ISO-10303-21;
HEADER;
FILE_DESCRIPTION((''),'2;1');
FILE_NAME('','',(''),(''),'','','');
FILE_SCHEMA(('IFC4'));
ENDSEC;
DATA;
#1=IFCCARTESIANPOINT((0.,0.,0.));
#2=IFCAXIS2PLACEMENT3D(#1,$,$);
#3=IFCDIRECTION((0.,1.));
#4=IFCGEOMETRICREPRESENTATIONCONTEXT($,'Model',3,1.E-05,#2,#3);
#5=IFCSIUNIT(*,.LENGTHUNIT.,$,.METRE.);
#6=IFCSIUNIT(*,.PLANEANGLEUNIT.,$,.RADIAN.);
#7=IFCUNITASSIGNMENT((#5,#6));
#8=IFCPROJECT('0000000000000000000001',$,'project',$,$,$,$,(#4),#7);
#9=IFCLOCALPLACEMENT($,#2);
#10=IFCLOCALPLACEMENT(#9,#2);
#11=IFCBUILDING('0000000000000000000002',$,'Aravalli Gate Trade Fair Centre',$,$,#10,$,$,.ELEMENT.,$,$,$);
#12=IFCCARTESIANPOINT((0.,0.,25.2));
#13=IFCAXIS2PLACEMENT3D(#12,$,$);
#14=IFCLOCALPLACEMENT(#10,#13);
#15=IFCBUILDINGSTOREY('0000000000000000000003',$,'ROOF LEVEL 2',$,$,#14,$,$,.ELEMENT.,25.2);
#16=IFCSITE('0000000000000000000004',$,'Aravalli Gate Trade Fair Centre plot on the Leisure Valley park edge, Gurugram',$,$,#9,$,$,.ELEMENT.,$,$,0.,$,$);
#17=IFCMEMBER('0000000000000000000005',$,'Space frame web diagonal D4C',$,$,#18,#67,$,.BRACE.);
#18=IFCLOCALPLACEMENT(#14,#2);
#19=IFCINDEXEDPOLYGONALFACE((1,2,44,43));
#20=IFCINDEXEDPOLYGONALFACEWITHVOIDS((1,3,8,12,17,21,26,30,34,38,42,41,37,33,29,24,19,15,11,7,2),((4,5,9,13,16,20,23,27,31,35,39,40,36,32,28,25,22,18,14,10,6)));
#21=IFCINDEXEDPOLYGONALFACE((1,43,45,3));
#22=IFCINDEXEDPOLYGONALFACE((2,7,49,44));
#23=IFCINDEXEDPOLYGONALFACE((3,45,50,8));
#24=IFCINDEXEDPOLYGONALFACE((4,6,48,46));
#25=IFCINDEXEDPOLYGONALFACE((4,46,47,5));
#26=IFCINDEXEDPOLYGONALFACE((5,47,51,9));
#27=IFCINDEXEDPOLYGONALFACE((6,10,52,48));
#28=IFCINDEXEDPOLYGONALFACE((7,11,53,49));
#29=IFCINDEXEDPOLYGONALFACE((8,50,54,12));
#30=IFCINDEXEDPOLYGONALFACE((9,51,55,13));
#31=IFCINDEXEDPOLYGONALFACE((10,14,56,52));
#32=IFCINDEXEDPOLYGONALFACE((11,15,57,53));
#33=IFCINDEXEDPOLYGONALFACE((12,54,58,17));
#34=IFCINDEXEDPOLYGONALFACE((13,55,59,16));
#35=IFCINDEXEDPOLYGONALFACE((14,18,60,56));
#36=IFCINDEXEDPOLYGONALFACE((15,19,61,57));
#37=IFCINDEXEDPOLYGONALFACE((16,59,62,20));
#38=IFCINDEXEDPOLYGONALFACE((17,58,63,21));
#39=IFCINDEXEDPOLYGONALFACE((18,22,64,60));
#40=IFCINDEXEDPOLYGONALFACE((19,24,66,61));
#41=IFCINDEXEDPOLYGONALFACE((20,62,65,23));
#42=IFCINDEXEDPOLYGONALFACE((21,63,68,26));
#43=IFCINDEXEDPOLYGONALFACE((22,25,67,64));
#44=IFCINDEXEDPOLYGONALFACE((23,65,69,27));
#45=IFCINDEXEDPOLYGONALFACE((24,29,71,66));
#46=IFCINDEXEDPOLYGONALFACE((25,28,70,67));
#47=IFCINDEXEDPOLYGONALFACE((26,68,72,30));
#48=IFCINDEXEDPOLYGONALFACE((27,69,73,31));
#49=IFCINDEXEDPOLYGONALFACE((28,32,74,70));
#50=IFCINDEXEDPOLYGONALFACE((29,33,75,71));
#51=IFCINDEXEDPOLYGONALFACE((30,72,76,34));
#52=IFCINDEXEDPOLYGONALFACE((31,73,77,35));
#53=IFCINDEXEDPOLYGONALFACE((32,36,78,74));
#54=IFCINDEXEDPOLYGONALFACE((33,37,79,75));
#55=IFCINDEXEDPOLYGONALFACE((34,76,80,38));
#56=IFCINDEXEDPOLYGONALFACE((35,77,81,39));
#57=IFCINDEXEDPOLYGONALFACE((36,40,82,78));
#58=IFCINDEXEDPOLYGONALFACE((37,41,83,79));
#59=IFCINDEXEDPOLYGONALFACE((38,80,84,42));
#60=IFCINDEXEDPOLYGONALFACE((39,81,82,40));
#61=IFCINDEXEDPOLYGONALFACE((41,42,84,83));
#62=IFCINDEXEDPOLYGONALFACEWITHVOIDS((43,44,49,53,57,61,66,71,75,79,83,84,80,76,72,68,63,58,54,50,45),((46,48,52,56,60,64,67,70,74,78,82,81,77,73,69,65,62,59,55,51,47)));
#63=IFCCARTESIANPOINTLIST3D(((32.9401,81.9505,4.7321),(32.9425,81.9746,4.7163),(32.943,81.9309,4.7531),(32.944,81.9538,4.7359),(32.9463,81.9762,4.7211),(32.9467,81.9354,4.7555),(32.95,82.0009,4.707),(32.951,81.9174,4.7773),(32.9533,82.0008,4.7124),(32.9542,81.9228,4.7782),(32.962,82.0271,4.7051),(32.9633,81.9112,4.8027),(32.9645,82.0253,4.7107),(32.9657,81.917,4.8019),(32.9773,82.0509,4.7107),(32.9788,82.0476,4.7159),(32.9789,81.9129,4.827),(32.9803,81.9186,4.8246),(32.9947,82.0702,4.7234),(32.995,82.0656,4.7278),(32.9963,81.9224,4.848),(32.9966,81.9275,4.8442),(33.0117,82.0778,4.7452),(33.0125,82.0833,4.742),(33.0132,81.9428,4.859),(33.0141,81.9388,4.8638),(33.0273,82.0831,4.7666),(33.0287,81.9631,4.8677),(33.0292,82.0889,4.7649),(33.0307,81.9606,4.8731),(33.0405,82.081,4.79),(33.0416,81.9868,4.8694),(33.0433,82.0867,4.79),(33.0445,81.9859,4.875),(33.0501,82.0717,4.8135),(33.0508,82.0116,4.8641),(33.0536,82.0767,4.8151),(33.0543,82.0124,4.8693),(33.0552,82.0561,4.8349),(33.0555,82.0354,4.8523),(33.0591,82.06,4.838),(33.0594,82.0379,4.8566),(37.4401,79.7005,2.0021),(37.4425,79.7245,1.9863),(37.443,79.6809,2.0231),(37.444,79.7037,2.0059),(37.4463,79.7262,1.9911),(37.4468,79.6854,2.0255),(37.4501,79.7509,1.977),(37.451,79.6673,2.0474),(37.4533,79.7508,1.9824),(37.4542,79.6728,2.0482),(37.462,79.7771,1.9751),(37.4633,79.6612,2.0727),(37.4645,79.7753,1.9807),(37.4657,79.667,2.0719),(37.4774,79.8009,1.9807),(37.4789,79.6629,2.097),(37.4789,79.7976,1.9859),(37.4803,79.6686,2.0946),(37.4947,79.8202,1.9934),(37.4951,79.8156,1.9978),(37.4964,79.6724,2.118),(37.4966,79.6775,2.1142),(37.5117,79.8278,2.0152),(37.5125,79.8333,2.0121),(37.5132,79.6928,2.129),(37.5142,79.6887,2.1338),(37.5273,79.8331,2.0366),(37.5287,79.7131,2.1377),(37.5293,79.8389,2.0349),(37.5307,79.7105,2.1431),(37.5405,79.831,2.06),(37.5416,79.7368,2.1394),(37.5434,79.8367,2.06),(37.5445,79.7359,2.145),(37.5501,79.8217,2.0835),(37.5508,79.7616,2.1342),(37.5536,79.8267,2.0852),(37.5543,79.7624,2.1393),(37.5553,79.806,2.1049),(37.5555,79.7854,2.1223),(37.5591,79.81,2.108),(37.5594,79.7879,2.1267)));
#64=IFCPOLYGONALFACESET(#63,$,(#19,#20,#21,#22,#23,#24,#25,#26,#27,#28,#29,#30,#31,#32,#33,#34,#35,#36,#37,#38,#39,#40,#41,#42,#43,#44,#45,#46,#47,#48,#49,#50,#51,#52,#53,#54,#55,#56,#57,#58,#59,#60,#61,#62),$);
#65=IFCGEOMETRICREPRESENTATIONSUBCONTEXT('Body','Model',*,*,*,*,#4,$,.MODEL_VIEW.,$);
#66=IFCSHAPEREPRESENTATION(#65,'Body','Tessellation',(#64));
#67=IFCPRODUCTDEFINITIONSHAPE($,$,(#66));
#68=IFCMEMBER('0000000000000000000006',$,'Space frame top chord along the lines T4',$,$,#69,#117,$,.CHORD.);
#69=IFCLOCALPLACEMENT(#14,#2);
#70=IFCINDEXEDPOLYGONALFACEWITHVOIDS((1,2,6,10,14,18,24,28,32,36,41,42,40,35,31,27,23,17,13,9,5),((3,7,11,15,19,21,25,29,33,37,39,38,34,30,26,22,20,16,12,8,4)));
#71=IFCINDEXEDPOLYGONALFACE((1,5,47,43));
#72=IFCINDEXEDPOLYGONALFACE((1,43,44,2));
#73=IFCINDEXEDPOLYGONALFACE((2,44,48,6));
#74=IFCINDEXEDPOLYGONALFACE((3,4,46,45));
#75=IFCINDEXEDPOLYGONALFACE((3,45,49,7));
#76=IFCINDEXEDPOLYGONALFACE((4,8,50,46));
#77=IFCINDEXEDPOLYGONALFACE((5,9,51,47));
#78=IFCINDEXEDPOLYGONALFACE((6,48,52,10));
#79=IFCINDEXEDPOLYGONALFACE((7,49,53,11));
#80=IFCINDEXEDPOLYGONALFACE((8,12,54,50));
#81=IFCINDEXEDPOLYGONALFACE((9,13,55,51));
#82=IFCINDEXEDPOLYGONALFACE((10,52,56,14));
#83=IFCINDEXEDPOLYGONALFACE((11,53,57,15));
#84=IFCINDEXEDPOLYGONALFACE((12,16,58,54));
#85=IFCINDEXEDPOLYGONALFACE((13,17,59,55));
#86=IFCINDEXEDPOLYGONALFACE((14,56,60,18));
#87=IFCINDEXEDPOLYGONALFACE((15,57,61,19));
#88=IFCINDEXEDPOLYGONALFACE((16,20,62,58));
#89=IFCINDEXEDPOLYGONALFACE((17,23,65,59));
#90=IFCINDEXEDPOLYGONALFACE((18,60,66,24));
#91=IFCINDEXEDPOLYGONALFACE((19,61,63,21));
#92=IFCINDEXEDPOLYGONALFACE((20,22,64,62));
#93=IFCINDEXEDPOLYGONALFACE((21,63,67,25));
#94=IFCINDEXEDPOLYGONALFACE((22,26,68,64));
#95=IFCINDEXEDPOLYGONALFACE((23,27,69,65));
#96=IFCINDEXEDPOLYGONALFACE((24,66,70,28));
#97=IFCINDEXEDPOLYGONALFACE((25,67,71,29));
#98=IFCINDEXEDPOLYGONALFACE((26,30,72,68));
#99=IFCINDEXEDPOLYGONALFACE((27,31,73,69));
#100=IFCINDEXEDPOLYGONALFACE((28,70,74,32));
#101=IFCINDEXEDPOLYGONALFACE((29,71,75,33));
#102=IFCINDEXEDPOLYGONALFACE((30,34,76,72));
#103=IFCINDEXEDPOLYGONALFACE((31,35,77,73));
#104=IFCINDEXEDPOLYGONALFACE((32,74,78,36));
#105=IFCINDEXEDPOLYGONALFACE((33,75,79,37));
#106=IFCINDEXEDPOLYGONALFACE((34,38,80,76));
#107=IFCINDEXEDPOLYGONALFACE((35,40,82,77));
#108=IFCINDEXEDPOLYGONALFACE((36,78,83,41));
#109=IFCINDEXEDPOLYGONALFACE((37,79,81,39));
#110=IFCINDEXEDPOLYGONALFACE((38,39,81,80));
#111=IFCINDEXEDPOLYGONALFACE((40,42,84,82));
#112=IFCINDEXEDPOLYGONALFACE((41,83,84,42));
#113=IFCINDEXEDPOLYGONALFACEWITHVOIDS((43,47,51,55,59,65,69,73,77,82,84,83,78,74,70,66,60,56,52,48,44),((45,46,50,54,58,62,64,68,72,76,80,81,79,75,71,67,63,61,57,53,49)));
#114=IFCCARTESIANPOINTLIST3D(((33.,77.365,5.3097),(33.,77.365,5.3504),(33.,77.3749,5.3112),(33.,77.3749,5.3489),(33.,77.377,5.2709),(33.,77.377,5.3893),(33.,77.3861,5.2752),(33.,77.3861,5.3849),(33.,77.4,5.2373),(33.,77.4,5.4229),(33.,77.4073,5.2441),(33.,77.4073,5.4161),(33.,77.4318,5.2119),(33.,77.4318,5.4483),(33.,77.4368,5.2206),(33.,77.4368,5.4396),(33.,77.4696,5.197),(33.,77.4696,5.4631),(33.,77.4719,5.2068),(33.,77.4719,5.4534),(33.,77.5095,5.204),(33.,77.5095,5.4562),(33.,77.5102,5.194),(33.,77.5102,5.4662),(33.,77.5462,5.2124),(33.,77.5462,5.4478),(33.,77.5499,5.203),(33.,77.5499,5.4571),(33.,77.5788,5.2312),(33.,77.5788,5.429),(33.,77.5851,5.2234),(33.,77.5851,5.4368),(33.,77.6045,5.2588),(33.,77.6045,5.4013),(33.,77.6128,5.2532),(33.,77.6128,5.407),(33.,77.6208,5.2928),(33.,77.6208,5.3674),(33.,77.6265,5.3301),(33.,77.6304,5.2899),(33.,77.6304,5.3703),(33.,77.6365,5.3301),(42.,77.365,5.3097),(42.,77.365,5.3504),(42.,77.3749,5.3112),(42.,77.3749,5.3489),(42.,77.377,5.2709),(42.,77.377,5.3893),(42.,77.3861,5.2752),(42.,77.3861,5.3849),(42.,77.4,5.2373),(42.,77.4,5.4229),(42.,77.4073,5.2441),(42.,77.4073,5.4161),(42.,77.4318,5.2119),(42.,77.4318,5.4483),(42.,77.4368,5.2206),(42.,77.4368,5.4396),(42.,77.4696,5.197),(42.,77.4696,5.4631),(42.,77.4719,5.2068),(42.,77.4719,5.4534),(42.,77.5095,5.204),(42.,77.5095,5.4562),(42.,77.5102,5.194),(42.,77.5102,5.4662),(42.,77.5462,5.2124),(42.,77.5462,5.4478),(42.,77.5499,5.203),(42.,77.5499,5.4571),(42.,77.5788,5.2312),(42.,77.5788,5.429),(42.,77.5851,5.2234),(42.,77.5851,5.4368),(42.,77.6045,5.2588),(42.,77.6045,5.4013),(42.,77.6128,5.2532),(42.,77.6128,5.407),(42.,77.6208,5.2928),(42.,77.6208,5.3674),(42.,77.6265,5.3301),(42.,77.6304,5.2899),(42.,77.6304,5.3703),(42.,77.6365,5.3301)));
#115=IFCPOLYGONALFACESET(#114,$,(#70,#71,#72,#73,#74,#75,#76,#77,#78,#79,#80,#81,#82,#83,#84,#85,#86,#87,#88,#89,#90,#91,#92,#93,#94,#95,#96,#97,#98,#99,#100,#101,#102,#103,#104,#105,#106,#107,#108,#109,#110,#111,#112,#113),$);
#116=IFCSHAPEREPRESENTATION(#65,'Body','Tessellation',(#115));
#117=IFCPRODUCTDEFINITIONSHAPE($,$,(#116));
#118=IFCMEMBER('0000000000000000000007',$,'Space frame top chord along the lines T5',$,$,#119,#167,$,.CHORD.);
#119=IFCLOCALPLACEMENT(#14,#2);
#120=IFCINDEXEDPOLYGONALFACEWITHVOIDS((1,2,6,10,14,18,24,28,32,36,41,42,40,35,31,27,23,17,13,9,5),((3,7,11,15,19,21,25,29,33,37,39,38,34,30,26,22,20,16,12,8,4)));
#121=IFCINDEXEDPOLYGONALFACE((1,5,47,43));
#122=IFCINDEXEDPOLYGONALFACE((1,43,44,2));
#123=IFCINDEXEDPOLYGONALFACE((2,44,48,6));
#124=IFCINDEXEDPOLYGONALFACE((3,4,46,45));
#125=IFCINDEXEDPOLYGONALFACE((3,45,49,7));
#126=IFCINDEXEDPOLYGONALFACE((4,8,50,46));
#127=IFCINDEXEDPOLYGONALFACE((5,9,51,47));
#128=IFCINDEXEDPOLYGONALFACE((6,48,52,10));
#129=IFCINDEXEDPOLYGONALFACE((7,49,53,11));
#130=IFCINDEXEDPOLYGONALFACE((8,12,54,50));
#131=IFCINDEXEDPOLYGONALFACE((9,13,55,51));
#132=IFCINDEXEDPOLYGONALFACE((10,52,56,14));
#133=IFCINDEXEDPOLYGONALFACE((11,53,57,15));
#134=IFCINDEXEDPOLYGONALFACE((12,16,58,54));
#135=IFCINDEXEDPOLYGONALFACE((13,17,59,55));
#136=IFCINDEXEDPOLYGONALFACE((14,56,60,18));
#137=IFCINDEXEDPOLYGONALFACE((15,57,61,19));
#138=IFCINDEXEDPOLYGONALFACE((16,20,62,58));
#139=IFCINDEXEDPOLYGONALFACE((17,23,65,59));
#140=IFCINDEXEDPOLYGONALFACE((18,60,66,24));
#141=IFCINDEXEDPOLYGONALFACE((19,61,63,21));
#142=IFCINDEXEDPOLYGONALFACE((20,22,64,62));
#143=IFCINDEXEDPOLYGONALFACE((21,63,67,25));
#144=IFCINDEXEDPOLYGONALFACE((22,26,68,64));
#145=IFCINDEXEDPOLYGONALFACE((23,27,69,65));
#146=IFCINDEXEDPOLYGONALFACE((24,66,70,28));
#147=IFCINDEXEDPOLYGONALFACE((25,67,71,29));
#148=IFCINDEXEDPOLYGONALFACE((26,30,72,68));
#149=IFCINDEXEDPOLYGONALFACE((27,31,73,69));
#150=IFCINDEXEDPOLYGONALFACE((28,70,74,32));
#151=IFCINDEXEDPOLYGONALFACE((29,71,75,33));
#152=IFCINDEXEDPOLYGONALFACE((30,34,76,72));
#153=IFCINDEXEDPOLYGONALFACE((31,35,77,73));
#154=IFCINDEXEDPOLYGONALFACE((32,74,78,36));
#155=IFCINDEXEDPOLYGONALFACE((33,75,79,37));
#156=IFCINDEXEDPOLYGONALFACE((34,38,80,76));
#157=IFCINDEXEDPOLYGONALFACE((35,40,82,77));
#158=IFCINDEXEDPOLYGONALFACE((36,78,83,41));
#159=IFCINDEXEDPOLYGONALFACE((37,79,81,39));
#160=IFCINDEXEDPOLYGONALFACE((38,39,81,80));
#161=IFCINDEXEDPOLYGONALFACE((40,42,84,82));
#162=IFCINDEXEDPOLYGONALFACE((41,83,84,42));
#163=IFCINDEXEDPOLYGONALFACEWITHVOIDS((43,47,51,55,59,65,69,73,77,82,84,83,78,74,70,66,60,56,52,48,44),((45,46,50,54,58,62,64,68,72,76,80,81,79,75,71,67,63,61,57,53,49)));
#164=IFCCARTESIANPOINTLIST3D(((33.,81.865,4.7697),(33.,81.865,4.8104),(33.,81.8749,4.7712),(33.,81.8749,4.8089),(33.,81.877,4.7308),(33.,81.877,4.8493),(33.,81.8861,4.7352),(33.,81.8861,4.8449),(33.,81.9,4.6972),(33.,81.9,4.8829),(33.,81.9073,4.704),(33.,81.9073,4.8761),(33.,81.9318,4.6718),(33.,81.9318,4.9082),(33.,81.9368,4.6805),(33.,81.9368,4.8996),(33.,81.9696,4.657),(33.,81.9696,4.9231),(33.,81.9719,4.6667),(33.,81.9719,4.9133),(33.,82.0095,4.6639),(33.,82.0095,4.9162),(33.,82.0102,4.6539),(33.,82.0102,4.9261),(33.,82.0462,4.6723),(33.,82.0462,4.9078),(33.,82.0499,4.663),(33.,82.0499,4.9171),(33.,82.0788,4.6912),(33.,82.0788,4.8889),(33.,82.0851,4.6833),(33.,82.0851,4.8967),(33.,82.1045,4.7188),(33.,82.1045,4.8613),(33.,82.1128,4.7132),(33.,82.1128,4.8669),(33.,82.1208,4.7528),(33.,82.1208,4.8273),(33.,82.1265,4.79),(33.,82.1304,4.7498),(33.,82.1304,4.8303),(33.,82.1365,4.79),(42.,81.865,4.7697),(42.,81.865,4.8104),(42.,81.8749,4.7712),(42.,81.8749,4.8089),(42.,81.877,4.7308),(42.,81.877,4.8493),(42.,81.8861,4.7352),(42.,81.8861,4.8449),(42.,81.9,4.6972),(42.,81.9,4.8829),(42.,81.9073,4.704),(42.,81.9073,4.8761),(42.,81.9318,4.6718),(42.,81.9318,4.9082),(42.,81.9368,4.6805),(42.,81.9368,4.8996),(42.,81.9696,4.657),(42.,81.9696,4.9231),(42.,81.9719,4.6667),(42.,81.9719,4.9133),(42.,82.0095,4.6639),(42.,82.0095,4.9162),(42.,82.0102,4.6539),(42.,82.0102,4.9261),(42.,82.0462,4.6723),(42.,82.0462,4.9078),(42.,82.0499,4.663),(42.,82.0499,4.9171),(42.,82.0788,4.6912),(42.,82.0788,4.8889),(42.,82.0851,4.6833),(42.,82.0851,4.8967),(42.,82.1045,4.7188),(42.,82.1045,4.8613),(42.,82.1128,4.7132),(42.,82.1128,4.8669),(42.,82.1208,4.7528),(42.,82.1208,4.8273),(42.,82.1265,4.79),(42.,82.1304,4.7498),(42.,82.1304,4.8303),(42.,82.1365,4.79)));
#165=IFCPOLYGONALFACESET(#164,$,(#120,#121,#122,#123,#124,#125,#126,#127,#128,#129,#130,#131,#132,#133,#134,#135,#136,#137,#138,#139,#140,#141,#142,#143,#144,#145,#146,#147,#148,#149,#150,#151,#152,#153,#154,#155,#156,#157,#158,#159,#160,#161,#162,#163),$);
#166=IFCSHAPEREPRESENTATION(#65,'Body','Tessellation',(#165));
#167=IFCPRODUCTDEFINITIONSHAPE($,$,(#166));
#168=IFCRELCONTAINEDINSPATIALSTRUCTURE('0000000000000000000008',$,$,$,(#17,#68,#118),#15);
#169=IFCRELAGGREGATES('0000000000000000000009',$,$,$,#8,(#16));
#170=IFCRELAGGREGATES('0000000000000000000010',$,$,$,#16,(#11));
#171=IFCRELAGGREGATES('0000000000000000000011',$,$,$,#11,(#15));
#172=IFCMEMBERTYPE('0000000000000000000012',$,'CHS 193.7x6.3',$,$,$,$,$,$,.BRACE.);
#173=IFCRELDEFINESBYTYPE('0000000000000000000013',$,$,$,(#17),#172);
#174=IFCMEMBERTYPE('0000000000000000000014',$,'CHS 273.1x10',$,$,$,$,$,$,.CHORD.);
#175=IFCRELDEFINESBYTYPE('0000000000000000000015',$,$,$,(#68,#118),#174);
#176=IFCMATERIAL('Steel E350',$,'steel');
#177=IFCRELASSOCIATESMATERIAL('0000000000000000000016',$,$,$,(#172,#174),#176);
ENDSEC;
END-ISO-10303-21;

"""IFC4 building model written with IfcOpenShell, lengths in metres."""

from ifc_helpers import new_model, si_unit, direction, frame, origin, origin_2d, place, context, subcontext, project, spatial, hollow_circle, extrude, material, material_profile, profile_set, type_object, element, save


model = new_model("IFC4")

# Units and contexts
model_context = context("Model", 3, precision=1e-05, world=origin(), true_north=direction((0.0, 1.0)))
body_context = subcontext(model_context, "Body", "Model", "MODEL_VIEW")
ifc_project = project(units=[si_unit("LENGTHUNIT", "METRE"), si_unit("PLANEANGLEUNIT", "RADIAN")], contexts=[model_context])

# Site, building, storey
site_placement = place(None, origin())
site = spatial("IfcSite", under=ifc_project, at=site_placement, Name="Aravalli Gate Trade Fair Centre plot on the Leisure Valley park edge, Gurugram", CompositionType="ELEMENT", RefElevation=0.0)
building_placement = place(site_placement, origin())
building = spatial("IfcBuilding", under=site, at=building_placement, Name="Aravalli Gate Trade Fair Centre", CompositionType="ELEMENT")
storey_placement = place(building_placement, frame((0.0, 0.0, 25.2)))
storey = spatial("IfcBuildingStorey", under=building, at=storey_placement, Name="ROOF LEVEL 2", CompositionType="ELEMENT", Elevation=25.2)

# Members
ifc_material_1 = material(Name="Steel E350", Category="steel")
ifc_material_profile_1 = material_profile(ifc_material_1, hollow_circle(Radius=0.0969, WallThickness=0.0063, at=origin_2d()), Name="CHS 193.7x6.3")
ifc_profile_set_1 = profile_set([ifc_material_profile_1], Name="Steel E350")
member_type_1 = type_object("IfcMemberType", Name="CHS 193.7x6.3", PredefinedType="BRACE", material=ifc_profile_set_1)
member_1_placement = place(storey_placement, frame((33.0, 82.0, 4.79), z_axis=(0.78615, -0.393075, -0.476928), x_axis=(0.447214, 0.894427, 0.0)))
element("IfcMember", 1, at=member_1_placement, inside=storey, type_object=member_type_1, Name="Space frame web diagonal D4C", PredefinedType="BRACE", context=body_context, shape_type="SweptSolid", body=[
    extrude(hollow_circle(Radius=0.0969, WallThickness=0.0063, at=origin_2d()), origin(), (0.0, 0.0, 1.0), 5.7241),
])
ifc_material_profile_2 = material_profile(ifc_material_1, hollow_circle(Radius=0.1365, WallThickness=0.01, at=origin_2d()), Name="CHS 273.1x10")
ifc_profile_set_2 = profile_set([ifc_material_profile_2], Name="Steel E350")
member_type_2 = type_object("IfcMemberType", Name="CHS 273.1x10", PredefinedType="CHORD", material=ifc_profile_set_2)
for number, where, z_axis, x_axis, name in (
    (2, (33.0, 77.5, 5.3301), (1.0, 0.0, 0.0), (0.0, 1.0, 0.0), "Space frame top chord along the lines T4"),
    (3, (33.0, 82.0, 4.79), (1.0, 0.0, 0.0), (0.0, 1.0, 0.0), "Space frame top chord along the lines T5"),
):
    element("IfcMember", number, at=place(storey_placement, frame(where, z_axis=z_axis, x_axis=x_axis)), inside=storey, type_object=member_type_2, Name=name, PredefinedType="CHORD", context=body_context, shape_type="SweptSolid", body=[
        extrude(hollow_circle(Radius=0.1365, WallThickness=0.01, at=origin_2d()), origin(), (0.0, 0.0, 1.0), 9.0),
    ])

save(model, "model.ifc")
